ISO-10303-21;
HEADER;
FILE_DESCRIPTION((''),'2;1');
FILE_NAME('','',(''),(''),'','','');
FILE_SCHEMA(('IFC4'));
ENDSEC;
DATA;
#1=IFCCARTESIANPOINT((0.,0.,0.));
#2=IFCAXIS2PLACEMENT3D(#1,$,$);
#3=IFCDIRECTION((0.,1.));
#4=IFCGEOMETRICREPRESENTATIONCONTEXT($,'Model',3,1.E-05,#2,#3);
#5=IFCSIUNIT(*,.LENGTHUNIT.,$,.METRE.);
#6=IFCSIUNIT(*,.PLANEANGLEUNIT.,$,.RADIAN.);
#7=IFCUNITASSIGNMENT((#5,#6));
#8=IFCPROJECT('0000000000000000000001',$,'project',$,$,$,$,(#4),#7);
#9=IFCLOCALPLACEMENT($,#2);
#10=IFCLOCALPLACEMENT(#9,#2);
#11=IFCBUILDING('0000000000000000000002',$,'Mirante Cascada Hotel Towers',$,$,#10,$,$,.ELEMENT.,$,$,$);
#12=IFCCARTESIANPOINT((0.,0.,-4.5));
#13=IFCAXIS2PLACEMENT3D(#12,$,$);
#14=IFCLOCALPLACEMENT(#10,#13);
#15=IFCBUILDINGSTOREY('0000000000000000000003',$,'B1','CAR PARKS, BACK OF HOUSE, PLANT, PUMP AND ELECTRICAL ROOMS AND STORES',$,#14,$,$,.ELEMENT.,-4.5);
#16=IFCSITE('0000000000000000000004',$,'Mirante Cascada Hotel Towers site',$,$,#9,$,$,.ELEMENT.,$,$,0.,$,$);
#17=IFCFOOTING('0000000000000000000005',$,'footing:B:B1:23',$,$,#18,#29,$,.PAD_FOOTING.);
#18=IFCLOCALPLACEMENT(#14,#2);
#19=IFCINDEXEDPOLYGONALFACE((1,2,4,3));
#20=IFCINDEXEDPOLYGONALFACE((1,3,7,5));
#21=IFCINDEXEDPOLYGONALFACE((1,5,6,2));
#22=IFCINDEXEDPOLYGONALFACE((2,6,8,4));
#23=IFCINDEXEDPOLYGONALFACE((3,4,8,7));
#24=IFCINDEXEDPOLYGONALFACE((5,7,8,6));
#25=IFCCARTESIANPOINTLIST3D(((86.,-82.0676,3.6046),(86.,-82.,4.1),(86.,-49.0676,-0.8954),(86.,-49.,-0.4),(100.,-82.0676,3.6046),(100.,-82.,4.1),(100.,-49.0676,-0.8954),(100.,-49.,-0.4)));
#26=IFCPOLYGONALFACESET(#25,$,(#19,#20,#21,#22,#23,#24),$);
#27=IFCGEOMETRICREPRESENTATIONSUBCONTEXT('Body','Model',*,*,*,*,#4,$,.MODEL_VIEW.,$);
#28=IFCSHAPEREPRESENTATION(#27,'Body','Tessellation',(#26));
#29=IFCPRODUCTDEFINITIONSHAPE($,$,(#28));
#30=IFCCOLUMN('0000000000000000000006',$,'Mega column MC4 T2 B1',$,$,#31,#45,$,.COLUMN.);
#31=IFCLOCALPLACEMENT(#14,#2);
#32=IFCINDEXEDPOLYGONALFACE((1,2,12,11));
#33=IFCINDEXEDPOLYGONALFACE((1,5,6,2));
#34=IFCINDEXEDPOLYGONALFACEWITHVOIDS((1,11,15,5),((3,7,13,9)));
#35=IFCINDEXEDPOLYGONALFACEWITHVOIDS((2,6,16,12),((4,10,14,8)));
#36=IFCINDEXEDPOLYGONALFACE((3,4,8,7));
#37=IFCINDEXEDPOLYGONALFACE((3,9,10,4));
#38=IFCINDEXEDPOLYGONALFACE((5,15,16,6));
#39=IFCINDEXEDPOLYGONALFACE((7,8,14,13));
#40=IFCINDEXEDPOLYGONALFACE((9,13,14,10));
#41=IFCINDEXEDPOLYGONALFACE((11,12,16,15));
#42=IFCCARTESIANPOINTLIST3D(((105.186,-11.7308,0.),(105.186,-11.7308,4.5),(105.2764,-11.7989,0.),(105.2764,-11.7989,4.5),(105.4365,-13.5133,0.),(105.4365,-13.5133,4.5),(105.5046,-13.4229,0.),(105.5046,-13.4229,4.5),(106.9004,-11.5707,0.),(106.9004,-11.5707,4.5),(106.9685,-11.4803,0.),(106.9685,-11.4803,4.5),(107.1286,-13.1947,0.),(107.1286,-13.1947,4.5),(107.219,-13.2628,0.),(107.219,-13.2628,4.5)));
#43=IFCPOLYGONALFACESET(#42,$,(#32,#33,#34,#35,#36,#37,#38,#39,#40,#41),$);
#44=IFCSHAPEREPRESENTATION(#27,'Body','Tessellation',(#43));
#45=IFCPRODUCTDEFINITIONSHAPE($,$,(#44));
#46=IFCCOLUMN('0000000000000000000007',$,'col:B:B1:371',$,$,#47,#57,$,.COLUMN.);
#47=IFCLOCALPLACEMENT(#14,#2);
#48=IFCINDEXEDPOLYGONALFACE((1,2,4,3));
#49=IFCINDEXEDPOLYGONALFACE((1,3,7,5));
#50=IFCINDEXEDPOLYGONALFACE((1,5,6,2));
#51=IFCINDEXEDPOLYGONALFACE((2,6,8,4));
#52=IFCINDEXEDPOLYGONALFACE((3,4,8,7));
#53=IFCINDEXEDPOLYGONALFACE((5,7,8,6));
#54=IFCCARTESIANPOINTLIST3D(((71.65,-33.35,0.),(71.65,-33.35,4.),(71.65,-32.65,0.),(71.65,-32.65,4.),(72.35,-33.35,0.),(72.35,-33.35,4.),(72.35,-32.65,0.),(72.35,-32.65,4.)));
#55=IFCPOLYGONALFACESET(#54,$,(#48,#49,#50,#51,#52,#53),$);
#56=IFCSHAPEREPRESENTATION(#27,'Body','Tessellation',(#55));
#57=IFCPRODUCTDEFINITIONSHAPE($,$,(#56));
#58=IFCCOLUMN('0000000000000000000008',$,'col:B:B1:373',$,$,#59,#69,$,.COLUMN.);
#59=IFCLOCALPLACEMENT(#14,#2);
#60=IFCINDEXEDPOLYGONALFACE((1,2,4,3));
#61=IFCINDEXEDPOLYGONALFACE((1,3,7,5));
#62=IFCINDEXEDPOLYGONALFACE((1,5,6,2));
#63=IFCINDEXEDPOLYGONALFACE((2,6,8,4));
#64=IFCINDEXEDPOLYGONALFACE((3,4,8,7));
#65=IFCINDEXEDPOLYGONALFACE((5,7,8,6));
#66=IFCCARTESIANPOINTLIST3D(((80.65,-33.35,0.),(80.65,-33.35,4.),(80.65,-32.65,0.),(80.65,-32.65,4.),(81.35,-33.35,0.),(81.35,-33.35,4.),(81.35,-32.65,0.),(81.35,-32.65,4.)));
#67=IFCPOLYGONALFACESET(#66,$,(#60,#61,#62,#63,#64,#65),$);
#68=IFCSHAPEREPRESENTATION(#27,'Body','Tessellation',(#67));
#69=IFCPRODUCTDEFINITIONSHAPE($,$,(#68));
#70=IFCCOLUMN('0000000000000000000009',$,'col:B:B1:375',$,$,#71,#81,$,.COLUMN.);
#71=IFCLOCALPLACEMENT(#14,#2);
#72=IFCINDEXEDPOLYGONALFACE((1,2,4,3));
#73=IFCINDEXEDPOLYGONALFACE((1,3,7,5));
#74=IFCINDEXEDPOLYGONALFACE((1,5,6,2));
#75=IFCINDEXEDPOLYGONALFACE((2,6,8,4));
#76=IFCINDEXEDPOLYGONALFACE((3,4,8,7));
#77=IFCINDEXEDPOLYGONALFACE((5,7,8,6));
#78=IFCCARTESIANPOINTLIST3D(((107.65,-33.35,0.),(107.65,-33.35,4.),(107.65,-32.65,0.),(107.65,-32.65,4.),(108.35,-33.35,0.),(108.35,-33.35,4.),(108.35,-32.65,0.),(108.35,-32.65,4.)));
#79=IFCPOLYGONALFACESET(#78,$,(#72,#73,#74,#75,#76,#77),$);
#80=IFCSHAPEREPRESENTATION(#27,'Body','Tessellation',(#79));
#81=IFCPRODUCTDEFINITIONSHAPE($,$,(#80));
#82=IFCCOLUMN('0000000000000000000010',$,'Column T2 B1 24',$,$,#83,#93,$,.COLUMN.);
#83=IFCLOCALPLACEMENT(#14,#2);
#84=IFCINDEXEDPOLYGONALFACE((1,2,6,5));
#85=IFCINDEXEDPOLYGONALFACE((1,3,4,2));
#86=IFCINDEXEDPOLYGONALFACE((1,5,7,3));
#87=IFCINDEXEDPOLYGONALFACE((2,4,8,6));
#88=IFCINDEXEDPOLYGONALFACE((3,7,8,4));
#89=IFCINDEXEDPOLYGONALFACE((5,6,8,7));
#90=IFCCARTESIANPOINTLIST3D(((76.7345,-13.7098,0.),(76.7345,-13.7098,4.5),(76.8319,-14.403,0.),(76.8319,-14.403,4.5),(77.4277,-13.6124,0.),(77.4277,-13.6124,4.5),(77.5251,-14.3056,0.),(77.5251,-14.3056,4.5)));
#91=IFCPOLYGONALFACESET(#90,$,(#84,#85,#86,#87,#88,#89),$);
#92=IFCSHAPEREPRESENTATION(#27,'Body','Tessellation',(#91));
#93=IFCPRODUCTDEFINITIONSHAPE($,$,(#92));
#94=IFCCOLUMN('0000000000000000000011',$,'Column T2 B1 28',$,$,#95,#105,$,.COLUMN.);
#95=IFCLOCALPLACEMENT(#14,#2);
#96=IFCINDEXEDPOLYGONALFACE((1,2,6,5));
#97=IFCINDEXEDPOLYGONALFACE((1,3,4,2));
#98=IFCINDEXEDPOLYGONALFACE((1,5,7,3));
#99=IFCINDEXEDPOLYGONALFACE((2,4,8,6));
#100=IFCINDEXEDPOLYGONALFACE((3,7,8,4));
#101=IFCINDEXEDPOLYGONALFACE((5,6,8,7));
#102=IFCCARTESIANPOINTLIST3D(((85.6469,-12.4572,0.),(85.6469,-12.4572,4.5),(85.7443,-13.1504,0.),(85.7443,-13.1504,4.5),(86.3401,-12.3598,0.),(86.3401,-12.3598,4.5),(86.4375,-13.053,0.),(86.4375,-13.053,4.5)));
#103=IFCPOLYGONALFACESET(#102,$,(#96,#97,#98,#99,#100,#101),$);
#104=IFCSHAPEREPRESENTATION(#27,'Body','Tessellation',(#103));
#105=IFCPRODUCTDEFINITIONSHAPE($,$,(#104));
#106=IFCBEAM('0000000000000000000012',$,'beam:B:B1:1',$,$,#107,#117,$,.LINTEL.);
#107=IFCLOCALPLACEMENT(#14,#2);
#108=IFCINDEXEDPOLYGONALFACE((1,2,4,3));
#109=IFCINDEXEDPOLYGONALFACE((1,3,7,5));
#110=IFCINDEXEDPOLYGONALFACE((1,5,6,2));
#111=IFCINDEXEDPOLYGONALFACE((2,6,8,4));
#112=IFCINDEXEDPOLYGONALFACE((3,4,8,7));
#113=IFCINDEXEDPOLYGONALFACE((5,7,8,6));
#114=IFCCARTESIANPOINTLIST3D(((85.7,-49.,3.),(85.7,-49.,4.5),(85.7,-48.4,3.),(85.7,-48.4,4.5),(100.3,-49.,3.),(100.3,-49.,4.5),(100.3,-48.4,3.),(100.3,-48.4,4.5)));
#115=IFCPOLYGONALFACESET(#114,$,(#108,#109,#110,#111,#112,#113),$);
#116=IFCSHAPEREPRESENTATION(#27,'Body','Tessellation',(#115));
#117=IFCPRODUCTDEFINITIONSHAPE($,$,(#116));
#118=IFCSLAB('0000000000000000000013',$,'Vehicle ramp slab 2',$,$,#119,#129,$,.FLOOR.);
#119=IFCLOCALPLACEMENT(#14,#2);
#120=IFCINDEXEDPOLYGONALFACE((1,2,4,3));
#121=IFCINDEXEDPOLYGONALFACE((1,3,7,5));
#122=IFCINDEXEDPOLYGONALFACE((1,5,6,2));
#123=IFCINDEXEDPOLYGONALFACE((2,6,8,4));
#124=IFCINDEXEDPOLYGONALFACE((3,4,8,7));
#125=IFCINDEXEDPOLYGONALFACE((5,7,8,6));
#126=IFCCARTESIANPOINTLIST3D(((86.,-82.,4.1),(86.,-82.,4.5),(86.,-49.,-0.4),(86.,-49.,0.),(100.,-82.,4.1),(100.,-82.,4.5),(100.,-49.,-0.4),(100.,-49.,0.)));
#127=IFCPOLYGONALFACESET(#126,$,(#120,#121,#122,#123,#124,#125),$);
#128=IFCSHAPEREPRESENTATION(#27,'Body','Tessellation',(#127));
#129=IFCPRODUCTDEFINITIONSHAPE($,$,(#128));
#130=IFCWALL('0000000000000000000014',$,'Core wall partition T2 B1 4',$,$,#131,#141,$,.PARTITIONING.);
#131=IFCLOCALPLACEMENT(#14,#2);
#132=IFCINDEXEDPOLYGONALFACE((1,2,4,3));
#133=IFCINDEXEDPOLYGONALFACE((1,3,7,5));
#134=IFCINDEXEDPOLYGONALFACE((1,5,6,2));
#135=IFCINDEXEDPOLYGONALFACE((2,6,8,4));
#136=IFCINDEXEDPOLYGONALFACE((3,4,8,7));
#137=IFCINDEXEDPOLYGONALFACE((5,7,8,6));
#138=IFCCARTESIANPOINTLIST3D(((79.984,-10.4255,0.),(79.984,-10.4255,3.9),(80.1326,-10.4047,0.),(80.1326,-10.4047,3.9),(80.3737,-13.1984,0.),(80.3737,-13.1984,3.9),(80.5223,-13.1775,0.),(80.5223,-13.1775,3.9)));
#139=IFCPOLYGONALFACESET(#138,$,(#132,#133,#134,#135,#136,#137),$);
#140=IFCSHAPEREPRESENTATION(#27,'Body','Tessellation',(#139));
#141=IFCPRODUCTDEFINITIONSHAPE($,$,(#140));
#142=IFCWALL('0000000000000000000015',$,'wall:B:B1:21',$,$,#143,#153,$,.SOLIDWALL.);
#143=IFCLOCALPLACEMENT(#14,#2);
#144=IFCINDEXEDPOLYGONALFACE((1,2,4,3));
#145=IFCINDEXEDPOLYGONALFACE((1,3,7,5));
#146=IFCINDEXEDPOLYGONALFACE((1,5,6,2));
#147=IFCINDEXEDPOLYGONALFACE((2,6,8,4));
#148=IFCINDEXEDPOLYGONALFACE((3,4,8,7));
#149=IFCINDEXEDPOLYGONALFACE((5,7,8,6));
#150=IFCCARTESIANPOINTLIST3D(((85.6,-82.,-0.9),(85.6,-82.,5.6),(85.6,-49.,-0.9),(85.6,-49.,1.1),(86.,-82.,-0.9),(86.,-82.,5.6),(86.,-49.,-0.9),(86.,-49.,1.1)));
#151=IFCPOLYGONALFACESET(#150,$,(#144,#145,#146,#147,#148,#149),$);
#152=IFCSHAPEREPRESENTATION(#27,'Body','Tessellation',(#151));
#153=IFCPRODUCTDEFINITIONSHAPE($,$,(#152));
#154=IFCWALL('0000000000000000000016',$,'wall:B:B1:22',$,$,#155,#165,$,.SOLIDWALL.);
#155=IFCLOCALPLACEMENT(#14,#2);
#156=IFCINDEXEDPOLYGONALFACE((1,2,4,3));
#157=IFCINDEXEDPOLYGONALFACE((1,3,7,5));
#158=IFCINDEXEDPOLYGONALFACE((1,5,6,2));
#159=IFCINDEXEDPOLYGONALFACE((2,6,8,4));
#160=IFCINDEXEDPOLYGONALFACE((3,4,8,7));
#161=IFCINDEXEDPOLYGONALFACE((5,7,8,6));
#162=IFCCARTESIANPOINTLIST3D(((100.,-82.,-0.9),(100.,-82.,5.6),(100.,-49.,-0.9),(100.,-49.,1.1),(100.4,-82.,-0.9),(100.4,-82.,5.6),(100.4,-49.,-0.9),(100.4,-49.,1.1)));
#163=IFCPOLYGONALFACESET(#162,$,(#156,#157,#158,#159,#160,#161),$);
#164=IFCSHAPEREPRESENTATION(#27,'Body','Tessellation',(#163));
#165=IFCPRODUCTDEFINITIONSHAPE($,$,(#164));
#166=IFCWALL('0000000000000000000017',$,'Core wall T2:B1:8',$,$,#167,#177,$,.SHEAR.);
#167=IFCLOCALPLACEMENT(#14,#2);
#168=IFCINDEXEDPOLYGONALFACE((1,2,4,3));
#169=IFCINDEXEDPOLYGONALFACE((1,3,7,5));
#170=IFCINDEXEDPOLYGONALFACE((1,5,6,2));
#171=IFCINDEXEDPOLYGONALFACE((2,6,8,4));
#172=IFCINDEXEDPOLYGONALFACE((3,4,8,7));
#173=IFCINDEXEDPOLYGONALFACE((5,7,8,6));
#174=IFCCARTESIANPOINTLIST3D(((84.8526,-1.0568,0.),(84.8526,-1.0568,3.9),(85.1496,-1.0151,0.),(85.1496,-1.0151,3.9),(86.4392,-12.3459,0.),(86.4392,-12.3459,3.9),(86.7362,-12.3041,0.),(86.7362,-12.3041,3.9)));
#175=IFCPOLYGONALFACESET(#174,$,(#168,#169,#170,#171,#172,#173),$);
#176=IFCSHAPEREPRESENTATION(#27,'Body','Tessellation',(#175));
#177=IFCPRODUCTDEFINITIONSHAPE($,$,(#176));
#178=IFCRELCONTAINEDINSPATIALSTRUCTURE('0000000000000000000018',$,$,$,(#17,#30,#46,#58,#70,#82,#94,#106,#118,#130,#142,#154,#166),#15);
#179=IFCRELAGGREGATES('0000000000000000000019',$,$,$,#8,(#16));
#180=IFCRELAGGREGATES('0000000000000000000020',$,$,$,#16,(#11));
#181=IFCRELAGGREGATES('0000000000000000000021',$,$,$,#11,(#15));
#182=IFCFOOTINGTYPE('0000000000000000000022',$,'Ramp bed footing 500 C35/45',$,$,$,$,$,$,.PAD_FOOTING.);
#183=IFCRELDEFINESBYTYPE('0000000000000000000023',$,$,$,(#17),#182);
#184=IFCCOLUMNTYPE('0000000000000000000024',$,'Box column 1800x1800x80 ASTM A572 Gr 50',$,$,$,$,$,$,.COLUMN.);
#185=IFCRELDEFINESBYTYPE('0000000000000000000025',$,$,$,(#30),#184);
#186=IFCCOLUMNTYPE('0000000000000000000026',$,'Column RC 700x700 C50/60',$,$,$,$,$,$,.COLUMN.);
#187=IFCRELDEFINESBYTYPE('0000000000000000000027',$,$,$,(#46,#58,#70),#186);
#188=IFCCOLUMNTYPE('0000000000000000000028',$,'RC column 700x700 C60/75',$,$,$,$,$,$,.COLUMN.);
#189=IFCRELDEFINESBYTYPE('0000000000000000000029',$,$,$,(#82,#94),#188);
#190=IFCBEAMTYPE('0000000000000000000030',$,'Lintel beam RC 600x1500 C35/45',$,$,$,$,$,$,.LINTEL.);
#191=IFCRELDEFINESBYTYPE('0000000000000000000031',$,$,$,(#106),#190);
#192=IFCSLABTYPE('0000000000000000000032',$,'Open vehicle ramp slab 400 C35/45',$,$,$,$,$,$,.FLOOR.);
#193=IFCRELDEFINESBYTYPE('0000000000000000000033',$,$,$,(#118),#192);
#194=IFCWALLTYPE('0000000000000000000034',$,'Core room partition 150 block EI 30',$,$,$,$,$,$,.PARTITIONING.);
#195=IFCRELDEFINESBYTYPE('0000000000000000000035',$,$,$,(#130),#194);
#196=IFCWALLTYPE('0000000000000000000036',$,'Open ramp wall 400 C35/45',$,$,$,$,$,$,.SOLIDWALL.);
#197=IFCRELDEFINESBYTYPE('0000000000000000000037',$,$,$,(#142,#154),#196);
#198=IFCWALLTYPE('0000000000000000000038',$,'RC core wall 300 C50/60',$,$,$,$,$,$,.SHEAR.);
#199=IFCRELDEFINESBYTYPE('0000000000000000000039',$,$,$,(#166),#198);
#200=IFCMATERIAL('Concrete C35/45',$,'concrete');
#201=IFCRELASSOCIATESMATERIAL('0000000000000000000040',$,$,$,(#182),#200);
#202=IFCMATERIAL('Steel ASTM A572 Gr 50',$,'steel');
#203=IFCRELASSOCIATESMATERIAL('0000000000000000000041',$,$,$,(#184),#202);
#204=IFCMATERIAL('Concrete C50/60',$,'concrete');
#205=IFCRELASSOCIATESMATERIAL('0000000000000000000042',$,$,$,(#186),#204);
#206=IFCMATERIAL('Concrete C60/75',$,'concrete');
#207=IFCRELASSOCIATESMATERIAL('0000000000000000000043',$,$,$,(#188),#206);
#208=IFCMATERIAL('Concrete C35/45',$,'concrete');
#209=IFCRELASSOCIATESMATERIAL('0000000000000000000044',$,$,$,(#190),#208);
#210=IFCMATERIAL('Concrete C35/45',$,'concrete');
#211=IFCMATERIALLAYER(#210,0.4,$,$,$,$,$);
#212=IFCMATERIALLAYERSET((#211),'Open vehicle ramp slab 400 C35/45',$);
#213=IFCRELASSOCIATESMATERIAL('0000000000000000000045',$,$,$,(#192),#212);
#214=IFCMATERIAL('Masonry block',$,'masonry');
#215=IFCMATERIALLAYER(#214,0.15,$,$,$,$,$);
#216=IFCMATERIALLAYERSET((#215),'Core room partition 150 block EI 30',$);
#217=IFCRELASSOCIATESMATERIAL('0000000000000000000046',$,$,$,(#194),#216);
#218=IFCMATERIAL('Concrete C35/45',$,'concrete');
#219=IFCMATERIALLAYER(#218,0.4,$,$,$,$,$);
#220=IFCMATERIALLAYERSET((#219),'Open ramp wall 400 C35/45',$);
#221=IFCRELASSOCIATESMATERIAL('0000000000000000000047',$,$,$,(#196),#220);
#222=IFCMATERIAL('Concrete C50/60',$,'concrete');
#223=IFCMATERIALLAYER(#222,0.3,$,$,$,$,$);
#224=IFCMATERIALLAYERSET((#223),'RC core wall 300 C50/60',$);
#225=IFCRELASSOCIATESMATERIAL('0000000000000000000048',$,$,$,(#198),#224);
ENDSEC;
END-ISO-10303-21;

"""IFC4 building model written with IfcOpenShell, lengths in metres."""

from ifc_helpers import new_model, si_unit, direction, frame, frame_2d, origin, origin_2d, place, context, subcontext, project, spatial, polyline, rectangle, hollow_rectangle, outline, extrude, material, layer, layer_set, material_profile, profile_set, type_object, element, save


model = new_model("IFC4")

# Units and contexts
model_context = context("Model", 3, precision=1e-05, world=origin(), true_north=direction((0.0, 1.0)))
body_context = subcontext(model_context, "Body", "Model", "MODEL_VIEW")
ifc_project = project(units=[si_unit("LENGTHUNIT", "METRE"), si_unit("PLANEANGLEUNIT", "RADIAN")], contexts=[model_context])

# Site, building, storey
site_placement = place(None, origin())
site = spatial("IfcSite", under=ifc_project, at=site_placement, Name="Mirante Cascada Hotel Towers site", CompositionType="ELEMENT", RefElevation=0.0)
building_placement = place(site_placement, origin())
building = spatial("IfcBuilding", under=site, at=building_placement, Name="Mirante Cascada Hotel Towers", CompositionType="ELEMENT")
storey_placement = place(building_placement, frame((0.0, 0.0, -4.5)))
storey = spatial("IfcBuildingStorey", under=building, at=storey_placement, Name="B1", Description="CAR PARKS, BACK OF HOUSE, PLANT, PUMP AND ELECTRICAL ROOMS AND STORES", CompositionType="ELEMENT", Elevation=-4.5)

# Footing
ifc_material_1 = material(Name="Concrete C35/45", Category="concrete")
footing_type = type_object("IfcFootingType", Name="Ramp bed footing 500 C35/45", PredefinedType="PAD_FOOTING", material=ifc_material_1)
footing_placement = place(storey_placement, frame((86.0, -49.0, -0.4), z_axis=(0.0, 0.135113, 0.99083), x_axis=(1.0, 0.0, 0.0)))
element("IfcFooting", 1, at=footing_placement, inside=storey, type_object=footing_type, Name="footing:B:B1:23", PredefinedType="PAD_FOOTING", context=body_context, shape_type="SweptSolid", body=[
    extrude(outline(polyline([(0.0, 0.0), (14.0, 0.0), (14.0, -33.3054), (0.0, -33.3054), (0.0, 0.0)])), origin(), (0.0, 0.0, -1.0), 0.5),
])

# Columns
ifc_material_2 = material(Name="Steel ASTM A572 Gr 50", Category="steel")
ifc_material_profile_1 = material_profile(ifc_material_2, hollow_rectangle(XDim=1.8, YDim=1.8, WallThickness=0.08, at=origin_2d()), Name="Box column 1800x1800x80 ASTM A572 Gr 50")
ifc_profile_set_1 = profile_set([ifc_material_profile_1], Name="Steel ASTM A572 Gr 50")
column_type_1 = type_object("IfcColumnType", Name="Box column 1800x1800x80 ASTM A572 Gr 50", PredefinedType="COLUMN", material=ifc_profile_set_1)
column_placement = place(storey_placement, frame((106.2025, -12.4968, 0.0), z_axis=(0.0, 0.0, 1.0), x_axis=(0.990268, 0.139173, 0.0)))
element("IfcColumn", 2, at=column_placement, inside=storey, type_object=column_type_1, Name="Mega column MC4 T2 B1", PredefinedType="COLUMN", context=body_context, shape_type="SweptSolid", body=[
    extrude(hollow_rectangle(XDim=1.8, YDim=1.8, WallThickness=0.08, at=origin_2d()), origin(), (0.0, 0.0, 1.0), 4.5),
])
ifc_material_3 = material(Name="Concrete C50/60", Category="concrete")
ifc_material_profile_2 = material_profile(ifc_material_3, rectangle(XDim=0.7, YDim=0.7, at=origin_2d()), Name="RC 700x700")
ifc_profile_set_2 = profile_set([ifc_material_profile_2], Name="Concrete C50/60")
column_type_2 = type_object("IfcColumnType", Name="Column RC 700x700 C50/60", PredefinedType="COLUMN", material=ifc_profile_set_2)
for number, where, z_axis, x_axis, name in (
    (3, (72.0, -33.0, 0.0), (0.0, 0.0, 1.0), (1.0, 0.0, 0.0), "col:B:B1:371"),
    (4, (81.0, -33.0, 0.0), (0.0, 0.0, 1.0), (1.0, 0.0, 0.0), "col:B:B1:373"),
    (5, (108.0, -33.0, 0.0), (0.0, 0.0, 1.0), (1.0, 0.0, 0.0), "col:B:B1:375"),
):
    element("IfcColumn", number, at=place(storey_placement, frame(where, z_axis=z_axis, x_axis=x_axis)), inside=storey, type_object=column_type_2, Name=name, PredefinedType="COLUMN", context=body_context, shape_type="SweptSolid", body=[
        extrude(rectangle(XDim=0.7, YDim=0.7, at=origin_2d()), origin(), (0.0, 0.0, 1.0), 4.0),
    ])
ifc_material_4 = material(Name="Concrete C60/75", Category="concrete")
ifc_material_profile_3 = material_profile(ifc_material_4, rectangle(XDim=0.7, YDim=0.7, at=origin_2d()), Name="RC column 700x700 C60/75")
ifc_profile_set_3 = profile_set([ifc_material_profile_3], Name="Concrete C60/75")
column_type_3 = type_object("IfcColumnType", Name="RC column 700x700 C60/75", PredefinedType="COLUMN", material=ifc_profile_set_3)
for number, where, z_axis, x_axis, name in (
    (6, (77.1298, -14.0077, 0.0), (0.0, 0.0, 1.0), (0.990268, 0.139173, 0.0), "Column T2 B1 24"),
    (7, (86.0422, -12.7551, 0.0), (0.0, 0.0, 1.0), (0.990268, 0.139173, 0.0), "Column T2 B1 28"),
):
    element("IfcColumn", number, at=place(storey_placement, frame(where, z_axis=z_axis, x_axis=x_axis)), inside=storey, type_object=column_type_3, Name=name, PredefinedType="COLUMN", context=body_context, shape_type="SweptSolid", body=[
        extrude(rectangle(XDim=0.7, YDim=0.7, at=origin_2d()), origin(), (0.0, 0.0, 1.0), 4.5),
    ])

# Beam
ifc_material_5 = material(Name="Concrete C35/45", Category="concrete")
ifc_material_profile_4 = material_profile(ifc_material_5, rectangle(XDim=0.6, YDim=1.5, at=origin_2d()), Name="RC 600x1500")
ifc_profile_set_4 = profile_set([ifc_material_profile_4], Name="Concrete C35/45")
beam_type = type_object("IfcBeamType", Name="Lintel beam RC 600x1500 C35/45", PredefinedType="LINTEL", material=ifc_profile_set_4)
beam_placement = place(storey_placement, frame((85.7, -48.7, 3.75), z_axis=(1.0, 0.0, 0.0), x_axis=(0.0, 1.0, 0.0)))
element("IfcBeam", 8, at=beam_placement, inside=storey, type_object=beam_type, Name="beam:B:B1:1", PredefinedType="LINTEL", context=body_context, shape_type="SweptSolid", body=[
    extrude(rectangle(XDim=0.6, YDim=1.5, at=origin_2d()), origin(), (0.0, 0.0, 1.0), 14.6),
])

# Slab
ifc_material_6 = material(Name="Concrete C35/45", Category="concrete")
ifc_layer_1 = layer(ifc_material_6, 0.4)
ifc_layer_set_1 = layer_set([ifc_layer_1], Name="Open vehicle ramp slab 400 C35/45")
slab_type = type_object("IfcSlabType", Name="Open vehicle ramp slab 400 C35/45", PredefinedType="FLOOR", material=ifc_layer_set_1)
slab_placement = place(storey_placement, frame((93.0, -49.0, 4.5), z_axis=(0.0, 0.0, 1.0), x_axis=(0.0, -1.0, 0.0)))
element("IfcSlab", 9, at=slab_placement, inside=storey, type_object=slab_type, Name="Vehicle ramp slab 2", PredefinedType="FLOOR", context=body_context, shape_type="SweptSolid", body=[
    extrude(outline(polyline([(0.0, -4.9), (33.0, -0.4), (33.0, 0.0), (0.0, -4.5), (0.0, -4.9)])), frame((0.0, 7.0, 0.0), z_axis=(0.0, -1.0, 0.0), x_axis=(1.0, 0.0, 0.0)), (0.0, 0.0, 1.0), 14.0),
])

# Walls
ifc_material_7 = material(Name="Masonry block", Category="masonry")
ifc_layer_2 = layer(ifc_material_7, 0.15)
ifc_layer_set_2 = layer_set([ifc_layer_2], Name="Core room partition 150 block EI 30")
wall_type_1 = type_object("IfcWallType", Name="Core room partition 150 block EI 30", PredefinedType="PARTITIONING", material=ifc_layer_set_2)
wall_1_placement = place(storey_placement, frame((80.448, -13.1879, 0.0), z_axis=(0.0, 0.0, 1.0), x_axis=(-0.139176, 0.990268, 0.0)))
element("IfcWall", 10, at=wall_1_placement, inside=storey, type_object=wall_type_1, Name="Core wall partition T2 B1 4", PredefinedType="PARTITIONING", context=body_context, shape_type="SweptSolid", body=[
    extrude(rectangle(XDim=2.8001, YDim=0.15, at=frame_2d((1.4, 0.0))), origin(), (0.0, 0.0, 1.0), 3.9),
])
ifc_material_8 = material(Name="Concrete C35/45", Category="concrete")
ifc_layer_3 = layer(ifc_material_8, 0.4)
ifc_layer_set_3 = layer_set([ifc_layer_3], Name="Open ramp wall 400 C35/45")
wall_type_2 = type_object("IfcWallType", Name="Open ramp wall 400 C35/45", PredefinedType="SOLIDWALL", material=ifc_layer_set_3)
for number, where, z_axis, x_axis, name in (
    (11, (85.8, -49.0, -0.9), (0.0, 0.0, 1.0), (0.0, -1.0, 0.0), "wall:B:B1:21"),
    (12, (100.2, -49.0, -0.9), (0.0, 0.0, 1.0), (0.0, -1.0, 0.0), "wall:B:B1:22"),
):
    element("IfcWall", number, at=place(storey_placement, frame(where, z_axis=z_axis, x_axis=x_axis)), inside=storey, type_object=wall_type_2, Name=name, PredefinedType="SOLIDWALL", context=body_context, shape_type="SweptSolid", body=[
        extrude(outline(polyline([(0.0, 0.0), (33.0, 0.0), (33.0, 6.5), (0.0, 2.0), (0.0, 0.0)])), frame((0.0, 0.2, 0.0), z_axis=(0.0, -1.0, 0.0), x_axis=(1.0, 0.0, 0.0)), (0.0, 0.0, 1.0), 0.4),
    ])
ifc_material_9 = material(Name="Concrete C50/60", Category="concrete")
ifc_layer_4 = layer(ifc_material_9, 0.3)
ifc_layer_set_4 = layer_set([ifc_layer_4], Name="RC core wall 300 C50/60")
wall_type_3 = type_object("IfcWallType", Name="RC core wall 300 C50/60", PredefinedType="SHEAR", material=ifc_layer_set_4)
wall_2_placement = place(storey_placement, frame((86.5877, -12.325, 0.0), z_axis=(0.0, 0.0, 1.0), x_axis=(-0.139175, 0.990268, 0.0)))
element("IfcWall", 13, at=wall_2_placement, inside=storey, type_object=wall_type_3, Name="Core wall T2:B1:8", PredefinedType="SHEAR", context=body_context, shape_type="SweptSolid", body=[
    extrude(rectangle(XDim=11.4, YDim=0.3, at=frame_2d((5.7, 0.0))), origin(), (0.0, 0.0, 1.0), 3.9),
])

save(model, "model.ifc")
